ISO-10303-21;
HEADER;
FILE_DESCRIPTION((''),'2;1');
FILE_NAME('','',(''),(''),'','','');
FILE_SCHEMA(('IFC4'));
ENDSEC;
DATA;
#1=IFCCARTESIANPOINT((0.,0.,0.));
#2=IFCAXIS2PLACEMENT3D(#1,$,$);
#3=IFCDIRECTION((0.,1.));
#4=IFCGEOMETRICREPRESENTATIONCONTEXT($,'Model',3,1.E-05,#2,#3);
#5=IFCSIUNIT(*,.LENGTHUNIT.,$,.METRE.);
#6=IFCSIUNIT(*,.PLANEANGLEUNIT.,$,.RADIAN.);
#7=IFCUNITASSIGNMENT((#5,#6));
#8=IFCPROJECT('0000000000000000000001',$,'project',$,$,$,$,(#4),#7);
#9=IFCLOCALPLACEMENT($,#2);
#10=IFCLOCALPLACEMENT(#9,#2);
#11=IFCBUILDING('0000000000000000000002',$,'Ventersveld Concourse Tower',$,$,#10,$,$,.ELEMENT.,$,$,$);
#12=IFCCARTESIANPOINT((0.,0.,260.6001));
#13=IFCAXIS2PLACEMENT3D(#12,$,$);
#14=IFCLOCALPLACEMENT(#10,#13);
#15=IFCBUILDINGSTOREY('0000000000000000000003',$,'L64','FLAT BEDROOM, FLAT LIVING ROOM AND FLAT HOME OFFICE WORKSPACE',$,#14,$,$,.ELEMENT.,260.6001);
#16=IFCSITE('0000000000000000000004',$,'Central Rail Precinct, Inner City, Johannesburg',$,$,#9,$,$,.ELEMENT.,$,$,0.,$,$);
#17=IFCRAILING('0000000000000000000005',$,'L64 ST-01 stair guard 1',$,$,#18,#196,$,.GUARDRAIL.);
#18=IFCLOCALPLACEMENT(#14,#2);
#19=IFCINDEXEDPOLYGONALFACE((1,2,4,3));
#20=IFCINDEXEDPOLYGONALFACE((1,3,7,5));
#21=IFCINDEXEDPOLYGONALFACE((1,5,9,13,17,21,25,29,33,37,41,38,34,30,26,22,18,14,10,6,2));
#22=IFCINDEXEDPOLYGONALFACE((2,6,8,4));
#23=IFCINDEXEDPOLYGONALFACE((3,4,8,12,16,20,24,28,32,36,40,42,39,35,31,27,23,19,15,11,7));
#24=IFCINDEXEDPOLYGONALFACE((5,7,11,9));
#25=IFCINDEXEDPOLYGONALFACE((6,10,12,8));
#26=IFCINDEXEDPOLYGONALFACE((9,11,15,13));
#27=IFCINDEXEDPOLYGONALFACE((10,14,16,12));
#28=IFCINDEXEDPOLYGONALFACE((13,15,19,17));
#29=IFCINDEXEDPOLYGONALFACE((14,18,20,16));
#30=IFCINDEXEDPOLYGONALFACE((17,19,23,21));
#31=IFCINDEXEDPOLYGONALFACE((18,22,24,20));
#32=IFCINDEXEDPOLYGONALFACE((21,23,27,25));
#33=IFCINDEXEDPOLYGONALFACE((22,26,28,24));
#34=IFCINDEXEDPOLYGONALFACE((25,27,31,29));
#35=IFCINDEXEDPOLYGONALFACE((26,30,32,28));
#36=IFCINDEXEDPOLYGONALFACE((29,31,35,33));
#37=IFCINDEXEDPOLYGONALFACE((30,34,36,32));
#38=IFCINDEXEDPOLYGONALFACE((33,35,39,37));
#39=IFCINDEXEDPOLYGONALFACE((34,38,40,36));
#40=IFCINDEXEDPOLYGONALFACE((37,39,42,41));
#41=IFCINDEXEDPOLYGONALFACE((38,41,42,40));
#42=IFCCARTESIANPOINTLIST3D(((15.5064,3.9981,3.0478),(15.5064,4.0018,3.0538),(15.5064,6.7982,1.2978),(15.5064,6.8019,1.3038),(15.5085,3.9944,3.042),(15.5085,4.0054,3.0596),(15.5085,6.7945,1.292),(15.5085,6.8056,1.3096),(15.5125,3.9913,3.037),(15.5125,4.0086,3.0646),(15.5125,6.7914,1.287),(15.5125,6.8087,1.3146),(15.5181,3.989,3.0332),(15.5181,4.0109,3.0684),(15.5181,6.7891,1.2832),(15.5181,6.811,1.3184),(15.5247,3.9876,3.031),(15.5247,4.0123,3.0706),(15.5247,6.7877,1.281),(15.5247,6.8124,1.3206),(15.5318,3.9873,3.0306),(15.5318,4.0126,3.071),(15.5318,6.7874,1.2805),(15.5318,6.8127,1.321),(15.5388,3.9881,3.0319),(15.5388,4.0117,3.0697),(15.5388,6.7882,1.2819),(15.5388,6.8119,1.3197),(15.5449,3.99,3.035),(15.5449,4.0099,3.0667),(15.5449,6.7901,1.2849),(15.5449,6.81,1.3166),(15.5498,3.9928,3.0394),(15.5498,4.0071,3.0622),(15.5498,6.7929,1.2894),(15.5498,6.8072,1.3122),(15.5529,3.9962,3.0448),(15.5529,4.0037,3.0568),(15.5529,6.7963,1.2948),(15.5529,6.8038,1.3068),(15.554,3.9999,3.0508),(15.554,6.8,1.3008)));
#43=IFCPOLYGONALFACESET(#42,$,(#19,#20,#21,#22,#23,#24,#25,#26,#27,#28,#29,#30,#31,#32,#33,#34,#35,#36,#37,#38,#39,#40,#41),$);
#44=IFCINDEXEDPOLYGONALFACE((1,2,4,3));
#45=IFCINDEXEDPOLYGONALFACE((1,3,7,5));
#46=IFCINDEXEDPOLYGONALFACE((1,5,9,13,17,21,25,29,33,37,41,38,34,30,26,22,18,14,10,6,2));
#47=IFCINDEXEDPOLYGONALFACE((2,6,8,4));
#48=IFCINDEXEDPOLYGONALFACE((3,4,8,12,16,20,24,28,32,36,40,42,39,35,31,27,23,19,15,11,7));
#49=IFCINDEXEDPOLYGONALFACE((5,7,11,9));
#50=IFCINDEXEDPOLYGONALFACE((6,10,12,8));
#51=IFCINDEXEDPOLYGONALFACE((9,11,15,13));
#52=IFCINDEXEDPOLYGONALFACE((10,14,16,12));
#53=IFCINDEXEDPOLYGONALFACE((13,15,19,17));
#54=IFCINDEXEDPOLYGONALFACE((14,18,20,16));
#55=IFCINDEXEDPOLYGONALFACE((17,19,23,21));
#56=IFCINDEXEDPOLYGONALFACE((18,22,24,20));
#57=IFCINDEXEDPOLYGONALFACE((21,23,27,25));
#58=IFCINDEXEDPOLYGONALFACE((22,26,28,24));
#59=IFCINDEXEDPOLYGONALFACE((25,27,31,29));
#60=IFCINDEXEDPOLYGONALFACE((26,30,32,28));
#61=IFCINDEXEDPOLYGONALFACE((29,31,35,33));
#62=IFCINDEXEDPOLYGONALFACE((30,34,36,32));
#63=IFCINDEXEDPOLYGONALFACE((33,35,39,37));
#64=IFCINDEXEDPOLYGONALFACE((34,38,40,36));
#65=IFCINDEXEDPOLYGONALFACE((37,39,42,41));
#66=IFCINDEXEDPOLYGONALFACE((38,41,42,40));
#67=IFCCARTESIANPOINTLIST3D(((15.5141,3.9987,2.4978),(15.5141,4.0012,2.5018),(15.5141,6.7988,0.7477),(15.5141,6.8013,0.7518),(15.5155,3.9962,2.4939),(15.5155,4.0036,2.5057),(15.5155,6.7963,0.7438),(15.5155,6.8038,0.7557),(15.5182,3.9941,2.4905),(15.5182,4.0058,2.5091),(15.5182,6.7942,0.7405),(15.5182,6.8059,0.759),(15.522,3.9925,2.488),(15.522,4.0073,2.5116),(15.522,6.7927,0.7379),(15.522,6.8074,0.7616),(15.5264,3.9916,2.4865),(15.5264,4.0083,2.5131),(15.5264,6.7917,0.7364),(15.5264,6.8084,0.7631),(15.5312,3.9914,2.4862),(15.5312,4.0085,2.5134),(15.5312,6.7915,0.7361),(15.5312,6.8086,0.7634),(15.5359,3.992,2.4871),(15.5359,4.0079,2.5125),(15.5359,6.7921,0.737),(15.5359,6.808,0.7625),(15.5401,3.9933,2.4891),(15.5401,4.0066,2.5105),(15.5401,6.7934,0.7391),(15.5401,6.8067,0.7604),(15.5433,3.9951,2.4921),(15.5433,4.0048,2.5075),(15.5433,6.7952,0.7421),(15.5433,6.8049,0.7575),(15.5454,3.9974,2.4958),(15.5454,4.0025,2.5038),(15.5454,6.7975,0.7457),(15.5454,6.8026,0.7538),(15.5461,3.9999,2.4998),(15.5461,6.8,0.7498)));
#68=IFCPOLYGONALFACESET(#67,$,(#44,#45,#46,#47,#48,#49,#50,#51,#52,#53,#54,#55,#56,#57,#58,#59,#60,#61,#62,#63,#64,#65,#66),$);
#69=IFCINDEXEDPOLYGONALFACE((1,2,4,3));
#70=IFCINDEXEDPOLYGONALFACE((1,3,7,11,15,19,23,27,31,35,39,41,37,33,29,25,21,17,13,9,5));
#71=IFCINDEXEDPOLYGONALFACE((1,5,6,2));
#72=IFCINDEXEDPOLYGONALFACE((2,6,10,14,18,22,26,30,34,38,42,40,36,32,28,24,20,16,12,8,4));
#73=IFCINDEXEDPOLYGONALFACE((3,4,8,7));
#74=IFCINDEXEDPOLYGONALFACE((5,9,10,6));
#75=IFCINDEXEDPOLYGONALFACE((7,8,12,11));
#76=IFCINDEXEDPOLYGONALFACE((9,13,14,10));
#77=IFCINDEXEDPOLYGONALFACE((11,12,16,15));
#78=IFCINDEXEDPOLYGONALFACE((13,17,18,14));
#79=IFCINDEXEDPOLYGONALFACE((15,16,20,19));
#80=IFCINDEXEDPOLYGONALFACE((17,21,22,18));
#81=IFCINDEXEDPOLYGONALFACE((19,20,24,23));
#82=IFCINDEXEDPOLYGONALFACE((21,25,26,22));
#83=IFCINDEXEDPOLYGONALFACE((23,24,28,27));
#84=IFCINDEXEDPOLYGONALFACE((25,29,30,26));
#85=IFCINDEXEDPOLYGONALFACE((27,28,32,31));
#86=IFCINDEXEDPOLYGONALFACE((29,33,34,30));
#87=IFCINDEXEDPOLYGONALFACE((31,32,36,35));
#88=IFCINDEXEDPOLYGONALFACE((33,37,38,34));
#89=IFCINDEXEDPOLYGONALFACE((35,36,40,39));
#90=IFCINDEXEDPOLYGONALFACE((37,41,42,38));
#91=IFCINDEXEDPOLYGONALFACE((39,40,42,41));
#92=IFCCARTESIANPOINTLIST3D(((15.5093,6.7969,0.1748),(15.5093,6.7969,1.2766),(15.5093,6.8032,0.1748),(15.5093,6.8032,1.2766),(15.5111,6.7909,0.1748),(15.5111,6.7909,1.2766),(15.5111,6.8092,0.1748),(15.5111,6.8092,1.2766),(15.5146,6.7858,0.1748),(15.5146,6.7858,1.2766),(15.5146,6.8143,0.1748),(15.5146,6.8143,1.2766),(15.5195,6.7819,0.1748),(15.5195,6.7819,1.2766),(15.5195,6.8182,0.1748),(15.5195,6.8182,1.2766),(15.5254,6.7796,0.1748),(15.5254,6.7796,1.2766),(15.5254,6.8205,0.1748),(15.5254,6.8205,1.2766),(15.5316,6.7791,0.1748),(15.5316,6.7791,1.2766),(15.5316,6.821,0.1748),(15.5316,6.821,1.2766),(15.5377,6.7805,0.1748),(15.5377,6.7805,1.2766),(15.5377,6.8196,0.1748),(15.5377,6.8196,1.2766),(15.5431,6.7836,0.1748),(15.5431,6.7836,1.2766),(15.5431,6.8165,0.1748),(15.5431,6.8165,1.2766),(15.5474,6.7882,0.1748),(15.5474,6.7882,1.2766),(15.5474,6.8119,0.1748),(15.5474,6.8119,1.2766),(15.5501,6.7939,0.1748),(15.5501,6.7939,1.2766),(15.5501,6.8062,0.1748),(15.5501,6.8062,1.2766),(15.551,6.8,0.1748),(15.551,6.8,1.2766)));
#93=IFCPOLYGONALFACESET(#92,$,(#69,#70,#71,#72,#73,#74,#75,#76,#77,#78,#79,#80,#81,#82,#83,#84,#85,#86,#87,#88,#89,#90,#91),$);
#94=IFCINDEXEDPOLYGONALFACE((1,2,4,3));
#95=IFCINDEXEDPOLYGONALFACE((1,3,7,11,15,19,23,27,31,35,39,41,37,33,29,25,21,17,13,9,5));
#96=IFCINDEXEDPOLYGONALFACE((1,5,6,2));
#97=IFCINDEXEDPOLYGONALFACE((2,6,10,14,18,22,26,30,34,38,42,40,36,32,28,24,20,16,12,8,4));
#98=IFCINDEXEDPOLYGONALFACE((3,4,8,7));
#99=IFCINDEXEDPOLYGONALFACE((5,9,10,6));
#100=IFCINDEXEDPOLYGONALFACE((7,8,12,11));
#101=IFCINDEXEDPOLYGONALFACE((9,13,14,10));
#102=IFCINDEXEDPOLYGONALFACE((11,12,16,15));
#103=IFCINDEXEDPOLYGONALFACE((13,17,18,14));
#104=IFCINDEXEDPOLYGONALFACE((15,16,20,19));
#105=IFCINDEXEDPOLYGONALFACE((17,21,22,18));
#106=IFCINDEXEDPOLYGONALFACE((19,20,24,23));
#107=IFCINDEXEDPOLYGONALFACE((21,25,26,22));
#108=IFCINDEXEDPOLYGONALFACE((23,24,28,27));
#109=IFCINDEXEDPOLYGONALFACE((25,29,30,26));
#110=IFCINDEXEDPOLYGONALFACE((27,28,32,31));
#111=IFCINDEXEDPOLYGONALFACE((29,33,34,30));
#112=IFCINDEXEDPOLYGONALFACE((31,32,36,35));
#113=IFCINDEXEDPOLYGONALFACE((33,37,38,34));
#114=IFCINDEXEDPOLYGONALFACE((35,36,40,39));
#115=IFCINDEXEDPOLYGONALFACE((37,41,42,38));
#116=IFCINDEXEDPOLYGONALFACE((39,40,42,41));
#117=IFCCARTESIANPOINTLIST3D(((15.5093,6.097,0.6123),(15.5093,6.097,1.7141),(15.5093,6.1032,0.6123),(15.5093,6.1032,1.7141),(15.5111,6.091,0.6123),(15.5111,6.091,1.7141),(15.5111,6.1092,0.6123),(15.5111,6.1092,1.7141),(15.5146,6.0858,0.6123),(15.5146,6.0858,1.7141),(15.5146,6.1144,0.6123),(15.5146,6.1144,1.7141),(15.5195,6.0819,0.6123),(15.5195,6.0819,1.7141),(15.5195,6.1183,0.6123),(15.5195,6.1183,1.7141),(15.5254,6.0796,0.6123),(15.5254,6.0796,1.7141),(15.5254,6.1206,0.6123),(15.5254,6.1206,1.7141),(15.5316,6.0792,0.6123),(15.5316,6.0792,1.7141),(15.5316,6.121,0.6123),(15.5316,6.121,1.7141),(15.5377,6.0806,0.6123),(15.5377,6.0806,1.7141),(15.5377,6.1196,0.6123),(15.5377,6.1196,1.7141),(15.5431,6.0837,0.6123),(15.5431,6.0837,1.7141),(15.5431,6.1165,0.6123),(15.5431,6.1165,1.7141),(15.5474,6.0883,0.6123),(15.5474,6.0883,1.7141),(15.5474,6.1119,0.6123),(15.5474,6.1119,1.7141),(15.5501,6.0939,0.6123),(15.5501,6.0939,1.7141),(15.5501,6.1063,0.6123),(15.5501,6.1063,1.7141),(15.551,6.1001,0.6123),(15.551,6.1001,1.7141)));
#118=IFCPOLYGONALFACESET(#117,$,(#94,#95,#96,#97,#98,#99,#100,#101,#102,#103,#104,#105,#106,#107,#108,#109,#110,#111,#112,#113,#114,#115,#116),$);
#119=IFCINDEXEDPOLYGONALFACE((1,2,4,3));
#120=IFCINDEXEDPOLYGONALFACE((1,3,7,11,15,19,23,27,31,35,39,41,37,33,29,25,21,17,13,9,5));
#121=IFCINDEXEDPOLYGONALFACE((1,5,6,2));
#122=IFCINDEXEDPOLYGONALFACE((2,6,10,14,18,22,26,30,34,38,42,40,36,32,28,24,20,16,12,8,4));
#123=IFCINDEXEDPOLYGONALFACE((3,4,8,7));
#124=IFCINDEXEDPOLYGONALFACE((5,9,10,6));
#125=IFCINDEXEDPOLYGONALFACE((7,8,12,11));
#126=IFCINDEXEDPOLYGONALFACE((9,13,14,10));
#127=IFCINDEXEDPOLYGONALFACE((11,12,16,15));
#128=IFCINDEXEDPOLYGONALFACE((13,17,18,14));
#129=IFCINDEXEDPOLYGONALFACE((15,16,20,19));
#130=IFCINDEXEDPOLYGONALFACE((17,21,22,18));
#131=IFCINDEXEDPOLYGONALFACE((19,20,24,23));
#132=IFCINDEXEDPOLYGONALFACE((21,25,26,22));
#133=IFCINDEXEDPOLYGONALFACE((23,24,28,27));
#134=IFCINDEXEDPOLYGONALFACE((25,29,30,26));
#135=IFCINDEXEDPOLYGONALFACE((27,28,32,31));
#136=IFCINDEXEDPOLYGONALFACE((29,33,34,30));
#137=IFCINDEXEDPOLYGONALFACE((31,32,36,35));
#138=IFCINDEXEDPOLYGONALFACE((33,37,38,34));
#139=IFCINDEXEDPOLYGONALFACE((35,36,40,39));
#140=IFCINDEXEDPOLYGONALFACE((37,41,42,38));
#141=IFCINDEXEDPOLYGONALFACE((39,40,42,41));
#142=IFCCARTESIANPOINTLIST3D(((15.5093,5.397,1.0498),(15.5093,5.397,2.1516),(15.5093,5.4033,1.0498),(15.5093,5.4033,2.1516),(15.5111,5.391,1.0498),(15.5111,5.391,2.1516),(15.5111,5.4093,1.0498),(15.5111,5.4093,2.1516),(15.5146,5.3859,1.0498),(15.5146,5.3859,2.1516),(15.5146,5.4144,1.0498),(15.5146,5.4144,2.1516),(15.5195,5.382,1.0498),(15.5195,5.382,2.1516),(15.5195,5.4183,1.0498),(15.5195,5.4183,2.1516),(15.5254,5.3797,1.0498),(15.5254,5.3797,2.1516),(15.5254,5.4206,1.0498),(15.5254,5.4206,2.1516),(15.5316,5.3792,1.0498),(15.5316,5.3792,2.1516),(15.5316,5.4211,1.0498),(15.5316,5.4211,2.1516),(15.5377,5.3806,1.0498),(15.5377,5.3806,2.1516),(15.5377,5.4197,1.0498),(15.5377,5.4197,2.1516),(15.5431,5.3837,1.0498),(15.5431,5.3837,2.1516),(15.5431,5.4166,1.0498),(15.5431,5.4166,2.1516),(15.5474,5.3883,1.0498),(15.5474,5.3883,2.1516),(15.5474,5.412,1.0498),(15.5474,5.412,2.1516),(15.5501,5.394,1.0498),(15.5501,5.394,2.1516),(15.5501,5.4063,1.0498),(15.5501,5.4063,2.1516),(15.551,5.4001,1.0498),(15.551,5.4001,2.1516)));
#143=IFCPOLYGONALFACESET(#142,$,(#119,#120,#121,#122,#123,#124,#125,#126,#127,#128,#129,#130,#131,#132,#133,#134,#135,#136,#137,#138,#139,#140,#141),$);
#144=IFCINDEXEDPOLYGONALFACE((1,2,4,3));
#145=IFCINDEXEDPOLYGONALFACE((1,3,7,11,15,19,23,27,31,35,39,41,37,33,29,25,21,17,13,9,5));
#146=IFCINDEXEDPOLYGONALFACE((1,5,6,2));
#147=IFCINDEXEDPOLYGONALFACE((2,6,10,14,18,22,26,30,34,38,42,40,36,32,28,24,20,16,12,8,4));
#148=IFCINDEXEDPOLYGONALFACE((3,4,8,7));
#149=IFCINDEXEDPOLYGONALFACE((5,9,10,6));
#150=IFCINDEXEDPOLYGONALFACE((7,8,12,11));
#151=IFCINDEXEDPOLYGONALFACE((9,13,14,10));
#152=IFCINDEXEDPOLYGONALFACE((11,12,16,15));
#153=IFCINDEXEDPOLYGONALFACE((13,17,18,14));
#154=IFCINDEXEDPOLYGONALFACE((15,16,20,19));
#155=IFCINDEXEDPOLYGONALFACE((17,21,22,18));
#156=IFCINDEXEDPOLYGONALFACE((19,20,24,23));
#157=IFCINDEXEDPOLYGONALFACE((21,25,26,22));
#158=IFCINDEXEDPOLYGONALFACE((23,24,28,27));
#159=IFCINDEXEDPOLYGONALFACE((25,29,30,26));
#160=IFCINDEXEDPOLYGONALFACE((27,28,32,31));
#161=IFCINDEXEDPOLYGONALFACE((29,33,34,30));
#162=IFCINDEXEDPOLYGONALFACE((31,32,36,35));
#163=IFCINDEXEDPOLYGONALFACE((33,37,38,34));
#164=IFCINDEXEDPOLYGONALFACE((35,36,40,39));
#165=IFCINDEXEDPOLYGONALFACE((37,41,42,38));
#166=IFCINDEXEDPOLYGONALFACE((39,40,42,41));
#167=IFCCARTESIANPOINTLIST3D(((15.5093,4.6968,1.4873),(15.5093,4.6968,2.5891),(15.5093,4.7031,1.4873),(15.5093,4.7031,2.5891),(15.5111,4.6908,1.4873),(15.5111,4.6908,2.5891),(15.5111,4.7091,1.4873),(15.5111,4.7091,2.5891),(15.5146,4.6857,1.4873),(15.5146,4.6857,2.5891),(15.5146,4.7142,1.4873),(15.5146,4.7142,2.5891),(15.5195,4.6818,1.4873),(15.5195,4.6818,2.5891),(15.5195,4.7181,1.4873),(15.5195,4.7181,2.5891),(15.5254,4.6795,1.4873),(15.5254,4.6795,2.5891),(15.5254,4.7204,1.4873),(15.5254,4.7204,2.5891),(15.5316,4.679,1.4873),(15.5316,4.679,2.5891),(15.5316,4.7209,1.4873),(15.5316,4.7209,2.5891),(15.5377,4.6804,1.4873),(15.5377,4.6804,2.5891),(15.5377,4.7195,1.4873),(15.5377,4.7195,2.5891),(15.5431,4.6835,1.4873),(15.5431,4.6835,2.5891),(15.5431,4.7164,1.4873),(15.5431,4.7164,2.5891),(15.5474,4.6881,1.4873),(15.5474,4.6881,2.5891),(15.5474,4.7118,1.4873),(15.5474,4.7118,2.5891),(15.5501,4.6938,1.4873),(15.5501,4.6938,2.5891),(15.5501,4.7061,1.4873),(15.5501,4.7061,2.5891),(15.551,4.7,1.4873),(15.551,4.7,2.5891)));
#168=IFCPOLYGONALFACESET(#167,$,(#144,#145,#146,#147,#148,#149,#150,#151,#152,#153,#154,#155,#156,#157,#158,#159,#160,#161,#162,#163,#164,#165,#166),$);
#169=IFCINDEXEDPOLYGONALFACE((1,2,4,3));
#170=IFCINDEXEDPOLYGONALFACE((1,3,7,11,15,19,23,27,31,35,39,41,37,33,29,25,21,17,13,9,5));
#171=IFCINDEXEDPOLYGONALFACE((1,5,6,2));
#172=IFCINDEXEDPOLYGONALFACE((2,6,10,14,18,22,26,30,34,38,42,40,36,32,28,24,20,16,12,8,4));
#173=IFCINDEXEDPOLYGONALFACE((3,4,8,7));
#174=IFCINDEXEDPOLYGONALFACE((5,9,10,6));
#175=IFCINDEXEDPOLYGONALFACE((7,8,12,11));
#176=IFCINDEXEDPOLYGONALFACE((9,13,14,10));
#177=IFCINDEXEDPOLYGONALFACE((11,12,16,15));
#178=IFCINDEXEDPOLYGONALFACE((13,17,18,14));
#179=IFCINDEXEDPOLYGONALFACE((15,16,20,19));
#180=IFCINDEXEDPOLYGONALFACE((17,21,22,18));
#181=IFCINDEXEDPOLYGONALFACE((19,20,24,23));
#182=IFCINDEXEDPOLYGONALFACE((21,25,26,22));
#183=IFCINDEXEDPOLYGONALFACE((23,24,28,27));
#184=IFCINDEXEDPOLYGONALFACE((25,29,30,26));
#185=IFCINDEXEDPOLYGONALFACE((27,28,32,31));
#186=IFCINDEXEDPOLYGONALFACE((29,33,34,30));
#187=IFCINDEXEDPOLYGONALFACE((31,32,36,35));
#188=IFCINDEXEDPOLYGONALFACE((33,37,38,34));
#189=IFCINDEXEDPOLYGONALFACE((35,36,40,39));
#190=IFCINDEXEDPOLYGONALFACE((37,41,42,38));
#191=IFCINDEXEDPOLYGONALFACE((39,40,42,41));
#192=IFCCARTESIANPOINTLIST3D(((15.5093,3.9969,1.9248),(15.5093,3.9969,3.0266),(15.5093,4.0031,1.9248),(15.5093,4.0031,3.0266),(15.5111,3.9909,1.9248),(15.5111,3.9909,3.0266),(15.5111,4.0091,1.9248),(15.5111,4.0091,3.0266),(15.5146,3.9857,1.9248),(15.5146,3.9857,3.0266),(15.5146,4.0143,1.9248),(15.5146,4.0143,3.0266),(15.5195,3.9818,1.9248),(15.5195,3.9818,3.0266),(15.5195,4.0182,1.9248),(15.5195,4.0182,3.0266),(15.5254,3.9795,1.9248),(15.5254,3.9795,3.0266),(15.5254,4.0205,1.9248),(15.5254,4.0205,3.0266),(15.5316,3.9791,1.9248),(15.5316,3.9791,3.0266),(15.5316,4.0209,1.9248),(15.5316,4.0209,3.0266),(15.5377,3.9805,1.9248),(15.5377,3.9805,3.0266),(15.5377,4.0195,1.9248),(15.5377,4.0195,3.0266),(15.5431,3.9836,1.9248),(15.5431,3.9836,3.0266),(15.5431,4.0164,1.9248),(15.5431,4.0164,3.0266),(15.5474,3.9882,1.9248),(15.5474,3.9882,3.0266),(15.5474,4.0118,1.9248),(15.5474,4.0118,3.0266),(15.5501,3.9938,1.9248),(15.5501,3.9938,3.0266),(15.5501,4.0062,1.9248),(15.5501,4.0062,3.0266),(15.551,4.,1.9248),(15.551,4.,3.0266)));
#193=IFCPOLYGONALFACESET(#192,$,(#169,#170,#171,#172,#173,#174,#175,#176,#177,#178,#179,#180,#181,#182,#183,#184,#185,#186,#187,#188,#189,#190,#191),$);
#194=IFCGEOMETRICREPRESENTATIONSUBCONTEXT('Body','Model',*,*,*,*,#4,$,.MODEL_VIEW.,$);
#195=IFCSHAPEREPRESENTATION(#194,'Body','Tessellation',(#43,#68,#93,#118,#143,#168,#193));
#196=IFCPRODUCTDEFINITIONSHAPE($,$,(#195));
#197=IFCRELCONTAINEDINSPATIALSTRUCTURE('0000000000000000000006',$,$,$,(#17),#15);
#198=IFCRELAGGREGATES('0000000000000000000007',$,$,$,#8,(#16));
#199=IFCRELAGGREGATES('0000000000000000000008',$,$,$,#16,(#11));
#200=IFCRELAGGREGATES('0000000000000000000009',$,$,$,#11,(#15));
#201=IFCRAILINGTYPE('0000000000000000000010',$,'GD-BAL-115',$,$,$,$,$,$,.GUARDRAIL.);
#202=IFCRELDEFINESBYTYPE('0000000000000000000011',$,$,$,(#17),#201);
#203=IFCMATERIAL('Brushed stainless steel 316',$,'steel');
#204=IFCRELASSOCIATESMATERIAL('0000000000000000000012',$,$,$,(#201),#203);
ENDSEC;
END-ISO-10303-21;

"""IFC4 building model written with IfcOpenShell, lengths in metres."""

from ifc_helpers import new_model, si_unit, direction, frame, origin, origin_2d, place, context, subcontext, project, spatial, circle, extrude, material, type_object, element, save


model = new_model("IFC4")

# Units and contexts
model_context = context("Model", 3, precision=1e-05, world=origin(), true_north=direction((0.0, 1.0)))
body_context = subcontext(model_context, "Body", "Model", "MODEL_VIEW")
ifc_project = project(units=[si_unit("LENGTHUNIT", "METRE"), si_unit("PLANEANGLEUNIT", "RADIAN")], contexts=[model_context])

# Site, building, storey
site_placement = place(None, origin())
site = spatial("IfcSite", under=ifc_project, at=site_placement, Name="Central Rail Precinct, Inner City, Johannesburg", CompositionType="ELEMENT", RefElevation=0.0)
building_placement = place(site_placement, origin())
building = spatial("IfcBuilding", under=site, at=building_placement, Name="Ventersveld Concourse Tower", CompositionType="ELEMENT")
storey_placement = place(building_placement, frame((0.0, 0.0, 260.6001)))
storey = spatial("IfcBuildingStorey", under=building, at=storey_placement, Name="L64", Description="FLAT BEDROOM, FLAT LIVING ROOM AND FLAT HOME OFFICE WORKSPACE", CompositionType="ELEMENT", Elevation=260.6001)

# Shared definitions
ifc_material_1 = material(Name="Brushed stainless steel 316", Category="steel")

# Railing
railing_type = type_object("IfcRailingType", Name="GD-BAL-115", PredefinedType="GUARDRAIL", material=ifc_material_1)
railing_1_placement = place(storey_placement, frame((15.53, 6.8, 0.1748)))
element("IfcRailing", 1, at=railing_1_placement, inside=storey, type_object=railing_type, Name="L64 ST-01 stair guard 1", PredefinedType="GUARDRAIL", context=body_context, shape_type="SweptSolid", body=[
    extrude(circle(Radius=0.0239, at=origin_2d()), frame((0.0, 0.0, 1.126), z_axis=(0.0, -0.848002, 0.529992), x_axis=(1.0, 0.0, 0.0)), (0.0, 0.0, 1.0), 3.302),
    extrude(circle(Radius=0.0161, at=origin_2d()), frame((0.0, 0.0, 0.575), z_axis=(0.0, -0.848002, 0.529992), x_axis=(1.0, 0.0, 0.0)), (0.0, 0.0, 1.0), 3.302),
    extrude(circle(Radius=0.021, at=origin_2d()), origin(), (0.0, 0.0, 1.0), 1.1018),
    extrude(circle(Radius=0.021, at=origin_2d()), frame((0.0, -0.7, 0.4375)), (0.0, 0.0, 1.0), 1.1018),
    extrude(circle(Radius=0.021, at=origin_2d()), frame((0.0, -1.3999, 0.875)), (0.0, 0.0, 1.0), 1.1018),
    extrude(circle(Radius=0.021, at=origin_2d()), frame((0.0, -2.1001, 1.3125)), (0.0, 0.0, 1.0), 1.1018),
    extrude(circle(Radius=0.021, at=origin_2d()), frame((0.0, -2.8, 1.75)), (0.0, 0.0, 1.0), 1.1018),
])

save(model, "model.ifc")
